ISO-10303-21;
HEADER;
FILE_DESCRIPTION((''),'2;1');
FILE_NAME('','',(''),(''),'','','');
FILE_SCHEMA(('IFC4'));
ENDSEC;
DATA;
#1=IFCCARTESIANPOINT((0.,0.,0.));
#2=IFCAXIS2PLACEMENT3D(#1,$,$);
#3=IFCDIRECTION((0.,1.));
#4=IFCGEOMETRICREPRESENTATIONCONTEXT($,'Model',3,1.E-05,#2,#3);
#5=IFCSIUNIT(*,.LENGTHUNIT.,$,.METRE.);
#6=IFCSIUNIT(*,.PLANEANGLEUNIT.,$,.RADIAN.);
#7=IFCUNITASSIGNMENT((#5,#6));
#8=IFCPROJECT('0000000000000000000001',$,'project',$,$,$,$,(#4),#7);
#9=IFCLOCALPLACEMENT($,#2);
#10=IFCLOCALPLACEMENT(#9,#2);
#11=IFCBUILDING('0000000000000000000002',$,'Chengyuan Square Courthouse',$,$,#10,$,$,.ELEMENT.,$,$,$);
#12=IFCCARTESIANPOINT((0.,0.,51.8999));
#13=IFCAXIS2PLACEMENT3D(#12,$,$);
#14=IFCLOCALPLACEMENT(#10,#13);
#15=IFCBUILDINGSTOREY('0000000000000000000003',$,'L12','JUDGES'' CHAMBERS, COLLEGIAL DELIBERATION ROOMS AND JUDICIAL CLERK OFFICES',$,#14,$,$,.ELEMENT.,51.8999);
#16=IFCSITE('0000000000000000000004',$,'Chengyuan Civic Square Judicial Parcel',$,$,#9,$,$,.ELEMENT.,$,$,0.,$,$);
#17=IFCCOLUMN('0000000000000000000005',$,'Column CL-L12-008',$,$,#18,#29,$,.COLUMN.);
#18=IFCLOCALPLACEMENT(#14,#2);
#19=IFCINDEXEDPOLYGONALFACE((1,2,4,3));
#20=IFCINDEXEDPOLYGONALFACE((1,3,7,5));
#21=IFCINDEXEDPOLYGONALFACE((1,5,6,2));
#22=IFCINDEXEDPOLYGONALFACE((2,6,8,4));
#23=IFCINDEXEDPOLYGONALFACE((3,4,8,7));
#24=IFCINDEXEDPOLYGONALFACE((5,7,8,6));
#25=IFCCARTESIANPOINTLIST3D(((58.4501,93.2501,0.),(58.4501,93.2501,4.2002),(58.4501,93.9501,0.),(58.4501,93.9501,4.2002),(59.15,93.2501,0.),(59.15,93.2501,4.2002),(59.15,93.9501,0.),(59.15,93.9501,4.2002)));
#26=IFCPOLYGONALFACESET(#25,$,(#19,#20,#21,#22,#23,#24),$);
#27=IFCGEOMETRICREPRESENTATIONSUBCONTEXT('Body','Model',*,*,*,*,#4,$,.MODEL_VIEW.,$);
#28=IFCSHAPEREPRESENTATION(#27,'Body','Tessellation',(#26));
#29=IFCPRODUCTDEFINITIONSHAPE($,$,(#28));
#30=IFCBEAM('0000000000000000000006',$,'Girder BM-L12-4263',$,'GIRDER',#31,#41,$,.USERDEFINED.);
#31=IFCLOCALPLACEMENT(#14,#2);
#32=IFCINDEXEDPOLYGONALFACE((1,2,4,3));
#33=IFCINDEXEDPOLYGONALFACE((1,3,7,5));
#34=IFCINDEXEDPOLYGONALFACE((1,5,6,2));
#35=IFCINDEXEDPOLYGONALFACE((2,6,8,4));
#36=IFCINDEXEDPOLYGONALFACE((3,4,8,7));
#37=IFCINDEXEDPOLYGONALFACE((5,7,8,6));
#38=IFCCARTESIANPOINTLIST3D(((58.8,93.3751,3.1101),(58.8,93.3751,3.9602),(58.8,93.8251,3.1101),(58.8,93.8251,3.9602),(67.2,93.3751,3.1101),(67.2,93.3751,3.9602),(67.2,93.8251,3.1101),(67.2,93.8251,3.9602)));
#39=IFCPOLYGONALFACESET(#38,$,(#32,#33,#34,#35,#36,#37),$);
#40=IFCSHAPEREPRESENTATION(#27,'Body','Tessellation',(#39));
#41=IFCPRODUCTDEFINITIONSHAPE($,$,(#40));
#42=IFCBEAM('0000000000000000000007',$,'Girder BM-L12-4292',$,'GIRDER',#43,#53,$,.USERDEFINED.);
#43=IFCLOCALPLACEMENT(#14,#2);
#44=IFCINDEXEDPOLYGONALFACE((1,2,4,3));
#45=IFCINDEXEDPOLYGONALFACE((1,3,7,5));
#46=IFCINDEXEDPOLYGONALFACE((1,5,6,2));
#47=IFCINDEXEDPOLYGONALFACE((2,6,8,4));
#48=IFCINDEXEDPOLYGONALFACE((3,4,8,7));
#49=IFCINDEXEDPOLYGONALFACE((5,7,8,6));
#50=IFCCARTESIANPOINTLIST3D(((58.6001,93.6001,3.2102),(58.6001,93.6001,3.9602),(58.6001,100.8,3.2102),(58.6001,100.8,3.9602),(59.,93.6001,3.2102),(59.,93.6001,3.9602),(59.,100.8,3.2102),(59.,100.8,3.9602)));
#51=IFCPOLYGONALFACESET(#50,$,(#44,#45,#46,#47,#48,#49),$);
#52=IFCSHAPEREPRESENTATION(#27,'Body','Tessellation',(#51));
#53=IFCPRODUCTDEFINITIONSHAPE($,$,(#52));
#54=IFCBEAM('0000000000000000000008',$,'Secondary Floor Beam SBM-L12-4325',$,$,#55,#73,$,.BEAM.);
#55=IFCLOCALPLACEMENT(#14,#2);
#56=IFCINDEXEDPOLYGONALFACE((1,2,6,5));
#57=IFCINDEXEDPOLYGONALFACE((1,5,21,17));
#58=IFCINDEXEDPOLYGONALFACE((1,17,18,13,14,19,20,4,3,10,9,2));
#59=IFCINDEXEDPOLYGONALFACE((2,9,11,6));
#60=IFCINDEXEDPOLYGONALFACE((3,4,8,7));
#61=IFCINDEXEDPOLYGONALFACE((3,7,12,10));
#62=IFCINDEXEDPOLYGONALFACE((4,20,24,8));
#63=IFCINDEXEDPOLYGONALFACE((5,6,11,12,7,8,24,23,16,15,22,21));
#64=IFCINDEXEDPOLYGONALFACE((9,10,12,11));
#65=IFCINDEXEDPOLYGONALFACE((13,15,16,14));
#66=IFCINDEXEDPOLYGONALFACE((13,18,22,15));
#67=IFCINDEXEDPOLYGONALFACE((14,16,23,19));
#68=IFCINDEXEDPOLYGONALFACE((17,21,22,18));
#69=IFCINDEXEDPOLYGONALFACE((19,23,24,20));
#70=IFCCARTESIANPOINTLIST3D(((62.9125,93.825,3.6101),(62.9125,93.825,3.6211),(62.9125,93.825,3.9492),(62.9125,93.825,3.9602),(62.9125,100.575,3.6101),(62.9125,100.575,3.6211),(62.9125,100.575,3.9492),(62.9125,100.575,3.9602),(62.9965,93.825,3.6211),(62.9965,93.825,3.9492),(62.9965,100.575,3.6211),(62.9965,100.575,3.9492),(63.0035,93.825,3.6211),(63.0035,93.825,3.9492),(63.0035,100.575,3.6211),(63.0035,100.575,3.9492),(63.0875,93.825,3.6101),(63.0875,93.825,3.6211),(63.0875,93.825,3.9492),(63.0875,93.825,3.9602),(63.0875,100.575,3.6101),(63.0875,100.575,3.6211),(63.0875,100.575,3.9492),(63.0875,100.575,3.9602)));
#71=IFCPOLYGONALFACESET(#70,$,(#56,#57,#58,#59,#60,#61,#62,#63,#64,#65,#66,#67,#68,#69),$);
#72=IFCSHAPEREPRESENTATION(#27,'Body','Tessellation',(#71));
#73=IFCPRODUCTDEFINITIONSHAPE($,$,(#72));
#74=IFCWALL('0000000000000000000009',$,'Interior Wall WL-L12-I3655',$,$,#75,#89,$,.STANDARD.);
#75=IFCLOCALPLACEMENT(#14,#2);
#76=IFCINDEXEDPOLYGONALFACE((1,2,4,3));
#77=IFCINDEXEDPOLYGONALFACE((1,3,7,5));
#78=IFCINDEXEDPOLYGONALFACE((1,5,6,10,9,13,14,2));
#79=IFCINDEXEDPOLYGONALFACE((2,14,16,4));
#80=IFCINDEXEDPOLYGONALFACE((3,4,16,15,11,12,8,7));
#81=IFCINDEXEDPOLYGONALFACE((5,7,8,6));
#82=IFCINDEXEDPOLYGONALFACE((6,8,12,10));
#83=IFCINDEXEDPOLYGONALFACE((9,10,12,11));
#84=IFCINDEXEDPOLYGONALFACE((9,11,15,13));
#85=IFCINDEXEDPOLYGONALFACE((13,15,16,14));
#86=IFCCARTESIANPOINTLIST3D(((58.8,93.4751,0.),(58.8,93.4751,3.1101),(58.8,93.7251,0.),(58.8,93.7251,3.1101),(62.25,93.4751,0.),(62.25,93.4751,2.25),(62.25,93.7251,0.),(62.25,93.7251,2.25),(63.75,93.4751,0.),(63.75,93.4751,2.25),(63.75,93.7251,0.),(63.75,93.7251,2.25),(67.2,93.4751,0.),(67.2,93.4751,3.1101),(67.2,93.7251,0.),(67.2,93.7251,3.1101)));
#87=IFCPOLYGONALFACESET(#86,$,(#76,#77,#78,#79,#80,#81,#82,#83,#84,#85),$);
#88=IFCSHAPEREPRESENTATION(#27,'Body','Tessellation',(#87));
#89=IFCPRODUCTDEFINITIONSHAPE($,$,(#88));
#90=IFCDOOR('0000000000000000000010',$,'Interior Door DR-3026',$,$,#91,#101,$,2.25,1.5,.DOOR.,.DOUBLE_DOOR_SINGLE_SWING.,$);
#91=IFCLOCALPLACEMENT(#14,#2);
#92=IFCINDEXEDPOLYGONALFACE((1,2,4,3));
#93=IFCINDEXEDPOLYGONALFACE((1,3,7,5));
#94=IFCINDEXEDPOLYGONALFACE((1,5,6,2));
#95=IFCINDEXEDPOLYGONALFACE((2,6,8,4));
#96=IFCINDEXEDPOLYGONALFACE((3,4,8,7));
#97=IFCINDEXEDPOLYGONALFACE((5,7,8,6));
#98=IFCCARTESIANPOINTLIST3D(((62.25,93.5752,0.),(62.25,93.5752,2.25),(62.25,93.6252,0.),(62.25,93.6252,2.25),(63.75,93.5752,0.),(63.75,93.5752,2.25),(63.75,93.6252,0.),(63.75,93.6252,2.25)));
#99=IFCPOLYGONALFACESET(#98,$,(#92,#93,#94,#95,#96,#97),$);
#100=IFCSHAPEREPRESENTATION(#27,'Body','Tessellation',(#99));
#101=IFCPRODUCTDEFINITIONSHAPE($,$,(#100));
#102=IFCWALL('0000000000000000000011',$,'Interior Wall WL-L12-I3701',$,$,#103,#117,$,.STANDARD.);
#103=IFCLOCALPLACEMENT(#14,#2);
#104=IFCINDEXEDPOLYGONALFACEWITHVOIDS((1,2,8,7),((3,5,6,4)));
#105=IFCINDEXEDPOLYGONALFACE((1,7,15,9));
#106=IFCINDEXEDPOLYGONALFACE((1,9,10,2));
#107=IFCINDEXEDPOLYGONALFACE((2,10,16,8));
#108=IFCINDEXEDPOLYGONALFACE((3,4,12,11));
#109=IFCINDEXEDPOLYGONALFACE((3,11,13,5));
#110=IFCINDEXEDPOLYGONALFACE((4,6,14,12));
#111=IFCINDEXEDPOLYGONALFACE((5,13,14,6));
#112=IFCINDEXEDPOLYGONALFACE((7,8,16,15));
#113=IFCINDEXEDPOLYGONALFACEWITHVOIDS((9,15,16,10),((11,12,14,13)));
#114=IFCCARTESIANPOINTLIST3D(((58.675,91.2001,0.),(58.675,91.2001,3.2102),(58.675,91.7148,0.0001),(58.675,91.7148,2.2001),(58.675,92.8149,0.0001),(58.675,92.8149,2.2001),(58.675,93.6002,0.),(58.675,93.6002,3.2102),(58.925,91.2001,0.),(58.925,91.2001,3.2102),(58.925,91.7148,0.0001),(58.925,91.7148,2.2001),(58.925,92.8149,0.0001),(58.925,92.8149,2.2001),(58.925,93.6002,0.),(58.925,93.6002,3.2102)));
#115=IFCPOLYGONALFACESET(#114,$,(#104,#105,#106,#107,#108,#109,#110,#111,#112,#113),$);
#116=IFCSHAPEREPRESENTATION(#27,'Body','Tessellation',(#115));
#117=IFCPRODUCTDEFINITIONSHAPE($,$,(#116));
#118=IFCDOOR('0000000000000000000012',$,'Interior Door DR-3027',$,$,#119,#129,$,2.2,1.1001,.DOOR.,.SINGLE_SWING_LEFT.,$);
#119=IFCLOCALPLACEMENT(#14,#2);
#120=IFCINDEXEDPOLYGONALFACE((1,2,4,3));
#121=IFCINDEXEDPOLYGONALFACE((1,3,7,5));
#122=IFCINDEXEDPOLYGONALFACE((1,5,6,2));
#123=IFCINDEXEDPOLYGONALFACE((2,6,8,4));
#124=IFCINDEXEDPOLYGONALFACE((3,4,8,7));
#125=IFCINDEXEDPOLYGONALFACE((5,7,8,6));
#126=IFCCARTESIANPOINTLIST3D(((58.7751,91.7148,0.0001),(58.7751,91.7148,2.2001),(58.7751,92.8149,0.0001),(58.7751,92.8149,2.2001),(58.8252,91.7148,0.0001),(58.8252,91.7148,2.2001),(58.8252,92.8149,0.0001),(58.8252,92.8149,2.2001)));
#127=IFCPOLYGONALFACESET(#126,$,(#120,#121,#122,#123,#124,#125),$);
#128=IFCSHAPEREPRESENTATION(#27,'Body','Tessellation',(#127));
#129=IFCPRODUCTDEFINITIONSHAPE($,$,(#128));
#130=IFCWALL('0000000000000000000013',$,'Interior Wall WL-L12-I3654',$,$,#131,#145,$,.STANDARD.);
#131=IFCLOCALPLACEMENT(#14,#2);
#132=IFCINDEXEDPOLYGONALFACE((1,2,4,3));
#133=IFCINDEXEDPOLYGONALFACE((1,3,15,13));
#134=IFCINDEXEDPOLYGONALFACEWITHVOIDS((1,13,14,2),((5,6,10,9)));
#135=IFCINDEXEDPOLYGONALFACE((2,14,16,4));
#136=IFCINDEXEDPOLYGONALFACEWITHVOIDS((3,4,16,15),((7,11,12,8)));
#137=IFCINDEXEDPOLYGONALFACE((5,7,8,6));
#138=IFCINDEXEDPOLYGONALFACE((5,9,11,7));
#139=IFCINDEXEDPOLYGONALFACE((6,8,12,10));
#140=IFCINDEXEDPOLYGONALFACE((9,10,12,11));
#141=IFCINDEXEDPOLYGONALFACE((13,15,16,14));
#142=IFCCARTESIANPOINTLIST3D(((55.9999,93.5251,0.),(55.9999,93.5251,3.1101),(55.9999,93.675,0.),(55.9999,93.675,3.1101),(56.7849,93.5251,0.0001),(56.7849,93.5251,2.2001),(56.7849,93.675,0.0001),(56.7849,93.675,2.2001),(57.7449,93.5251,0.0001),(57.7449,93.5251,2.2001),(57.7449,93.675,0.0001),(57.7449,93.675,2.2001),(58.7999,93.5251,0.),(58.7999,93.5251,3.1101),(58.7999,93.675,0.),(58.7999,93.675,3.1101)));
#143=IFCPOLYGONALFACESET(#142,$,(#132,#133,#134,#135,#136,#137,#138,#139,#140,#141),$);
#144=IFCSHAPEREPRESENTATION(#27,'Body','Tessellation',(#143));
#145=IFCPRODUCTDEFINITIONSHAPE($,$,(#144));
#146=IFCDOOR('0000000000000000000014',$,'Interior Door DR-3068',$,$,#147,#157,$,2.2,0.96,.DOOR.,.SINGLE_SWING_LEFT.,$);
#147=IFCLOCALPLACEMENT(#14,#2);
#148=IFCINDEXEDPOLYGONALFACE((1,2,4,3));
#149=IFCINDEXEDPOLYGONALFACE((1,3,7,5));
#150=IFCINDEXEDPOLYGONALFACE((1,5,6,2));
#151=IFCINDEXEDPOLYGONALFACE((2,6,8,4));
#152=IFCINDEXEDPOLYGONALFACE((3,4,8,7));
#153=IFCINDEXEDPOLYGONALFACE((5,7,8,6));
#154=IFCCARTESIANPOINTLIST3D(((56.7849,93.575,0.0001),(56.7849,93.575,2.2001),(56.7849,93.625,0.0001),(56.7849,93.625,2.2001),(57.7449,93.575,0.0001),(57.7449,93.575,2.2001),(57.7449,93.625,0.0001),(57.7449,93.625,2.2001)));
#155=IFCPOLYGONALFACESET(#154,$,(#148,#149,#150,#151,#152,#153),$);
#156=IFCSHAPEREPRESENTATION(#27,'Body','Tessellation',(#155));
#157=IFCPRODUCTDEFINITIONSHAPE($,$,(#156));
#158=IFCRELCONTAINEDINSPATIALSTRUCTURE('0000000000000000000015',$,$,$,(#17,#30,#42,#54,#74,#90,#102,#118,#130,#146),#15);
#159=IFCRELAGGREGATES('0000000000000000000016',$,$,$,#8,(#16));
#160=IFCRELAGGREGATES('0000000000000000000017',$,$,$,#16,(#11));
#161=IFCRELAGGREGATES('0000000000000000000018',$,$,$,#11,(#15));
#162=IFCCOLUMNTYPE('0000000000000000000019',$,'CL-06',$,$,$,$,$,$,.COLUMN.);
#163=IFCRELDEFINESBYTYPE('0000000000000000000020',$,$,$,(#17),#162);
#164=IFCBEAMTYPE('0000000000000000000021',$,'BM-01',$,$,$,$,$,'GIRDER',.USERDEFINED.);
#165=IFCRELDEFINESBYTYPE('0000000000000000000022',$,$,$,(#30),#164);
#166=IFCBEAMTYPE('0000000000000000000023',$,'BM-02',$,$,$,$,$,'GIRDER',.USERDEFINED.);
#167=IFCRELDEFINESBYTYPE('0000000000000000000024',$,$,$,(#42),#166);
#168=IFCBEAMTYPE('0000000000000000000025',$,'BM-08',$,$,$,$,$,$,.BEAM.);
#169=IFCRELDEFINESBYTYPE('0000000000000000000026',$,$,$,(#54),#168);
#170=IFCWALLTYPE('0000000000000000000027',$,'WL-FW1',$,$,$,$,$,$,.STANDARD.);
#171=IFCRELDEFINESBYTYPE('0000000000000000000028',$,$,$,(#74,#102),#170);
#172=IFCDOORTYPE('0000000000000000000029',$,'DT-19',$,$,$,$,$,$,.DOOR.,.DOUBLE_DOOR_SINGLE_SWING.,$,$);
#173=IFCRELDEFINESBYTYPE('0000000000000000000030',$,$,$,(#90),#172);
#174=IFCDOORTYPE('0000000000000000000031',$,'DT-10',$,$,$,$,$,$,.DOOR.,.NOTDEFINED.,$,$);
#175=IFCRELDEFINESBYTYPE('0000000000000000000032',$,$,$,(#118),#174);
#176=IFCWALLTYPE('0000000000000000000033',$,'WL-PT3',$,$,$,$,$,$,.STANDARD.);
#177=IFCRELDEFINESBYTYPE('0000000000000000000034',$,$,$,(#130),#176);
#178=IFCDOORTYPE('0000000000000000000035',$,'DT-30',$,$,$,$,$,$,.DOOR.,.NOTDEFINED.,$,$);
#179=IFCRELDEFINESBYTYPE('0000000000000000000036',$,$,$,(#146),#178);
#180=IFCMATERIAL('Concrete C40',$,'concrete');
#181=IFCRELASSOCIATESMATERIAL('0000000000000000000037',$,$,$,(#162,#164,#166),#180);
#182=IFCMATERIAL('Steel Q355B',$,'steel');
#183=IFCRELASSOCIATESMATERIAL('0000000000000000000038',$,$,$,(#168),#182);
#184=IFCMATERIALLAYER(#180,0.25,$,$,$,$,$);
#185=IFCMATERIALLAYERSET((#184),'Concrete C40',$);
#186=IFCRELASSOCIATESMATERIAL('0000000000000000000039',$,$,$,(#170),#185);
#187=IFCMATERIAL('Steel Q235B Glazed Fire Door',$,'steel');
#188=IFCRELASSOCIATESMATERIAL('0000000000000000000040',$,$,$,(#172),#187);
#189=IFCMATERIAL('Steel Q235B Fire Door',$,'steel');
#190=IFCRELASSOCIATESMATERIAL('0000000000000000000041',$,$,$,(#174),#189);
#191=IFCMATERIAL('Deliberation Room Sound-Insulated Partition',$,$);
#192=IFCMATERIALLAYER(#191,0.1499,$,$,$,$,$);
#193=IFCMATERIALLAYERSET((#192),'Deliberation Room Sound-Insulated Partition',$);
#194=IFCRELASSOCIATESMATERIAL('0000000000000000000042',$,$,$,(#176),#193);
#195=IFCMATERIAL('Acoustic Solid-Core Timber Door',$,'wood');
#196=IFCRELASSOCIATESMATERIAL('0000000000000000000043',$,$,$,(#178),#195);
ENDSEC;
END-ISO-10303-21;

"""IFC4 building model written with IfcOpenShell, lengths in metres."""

from ifc_helpers import new_model, si_unit, direction, frame, frame_2d, origin, origin_2d, place, context, subcontext, project, spatial, rectangle, i_section, extrude, material, layer, layer_set, material_profile, profile_set, type_object, element, fill, save


model = new_model("IFC4")

# Units and contexts
model_context = context("Model", 3, precision=1e-05, world=origin(), true_north=direction((0.0, 1.0)))
body_context = subcontext(model_context, "Body", "Model", "MODEL_VIEW")
ifc_project = project(units=[si_unit("LENGTHUNIT", "METRE"), si_unit("PLANEANGLEUNIT", "RADIAN")], contexts=[model_context])

# Site, building, storey
site_placement = place(None, origin())
site = spatial("IfcSite", under=ifc_project, at=site_placement, Name="Chengyuan Civic Square Judicial Parcel", CompositionType="ELEMENT", RefElevation=0.0)
building_placement = place(site_placement, origin())
building = spatial("IfcBuilding", under=site, at=building_placement, Name="Chengyuan Square Courthouse", CompositionType="ELEMENT")
storey_placement = place(building_placement, frame((0.0, 0.0, 51.8999)))
storey = spatial("IfcBuildingStorey", under=building, at=storey_placement, Name="L12", Description="JUDGES' CHAMBERS, COLLEGIAL DELIBERATION ROOMS AND JUDICIAL CLERK OFFICES", CompositionType="ELEMENT", Elevation=51.8999)

# Column
ifc_material_1 = material(Name="Concrete C40", Category="concrete")
ifc_material_profile_1 = material_profile(ifc_material_1, rectangle(XDim=0.7, YDim=0.7, at=origin_2d()), Name="RC-COL-700x700")
ifc_profile_set_1 = profile_set([ifc_material_profile_1], Name="Concrete C40")
column_type = type_object("IfcColumnType", Name="CL-06", PredefinedType="COLUMN", material=ifc_profile_set_1)
column_placement = place(storey_placement, frame((58.8, 93.6001, 0.0), z_axis=(0.0, 0.0, 1.0), x_axis=(1.0, 0.0, 0.0)))
element("IfcColumn", 1, at=column_placement, inside=storey, type_object=column_type, Name="Column CL-L12-008", PredefinedType="COLUMN", context=body_context, shape_type="SweptSolid", body=[
    extrude(rectangle(XDim=0.7, YDim=0.7, at=origin_2d()), origin(), (0.0, 0.0, 1.0), 4.2002),
])

# Beams
ifc_material_profile_2 = material_profile(ifc_material_1, rectangle(XDim=0.45, YDim=0.8501, at=origin_2d()), Name="RC-BM-450x850")
ifc_profile_set_2 = profile_set([ifc_material_profile_2], Name="Concrete C40")
beam_type_1 = type_object("IfcBeamType", Name="BM-01", ElementType="GIRDER", PredefinedType="USERDEFINED", material=ifc_profile_set_2)
beam_1_placement = place(storey_placement, frame((58.8, 93.6001, 3.5352), z_axis=(1.0, 0.0, 0.0), x_axis=(0.0, 1.0, 0.0)))
element("IfcBeam", 2, at=beam_1_placement, inside=storey, type_object=beam_type_1, Name="Girder BM-L12-4263", ObjectType="GIRDER", PredefinedType="USERDEFINED", context=body_context, shape_type="SweptSolid", body=[
    extrude(rectangle(XDim=0.45, YDim=0.8501, at=origin_2d()), origin(), (0.0, 0.0, 1.0), 8.3999),
])
ifc_material_profile_3 = material_profile(ifc_material_1, rectangle(XDim=0.3999, YDim=0.75, at=origin_2d()), Name="RC-BM-400x750")
ifc_profile_set_3 = profile_set([ifc_material_profile_3], Name="Concrete C40")
beam_type_2 = type_object("IfcBeamType", Name="BM-02", ElementType="GIRDER", PredefinedType="USERDEFINED", material=ifc_profile_set_3)
beam_2_placement = place(storey_placement, frame((58.8, 93.6001, 3.5852), z_axis=(0.0, 1.0, 0.0), x_axis=(-1.0, 0.0, 0.0)))
element("IfcBeam", 3, at=beam_2_placement, inside=storey, type_object=beam_type_2, Name="Girder BM-L12-4292", ObjectType="GIRDER", PredefinedType="USERDEFINED", context=body_context, shape_type="SweptSolid", body=[
    extrude(rectangle(XDim=0.3999, YDim=0.75, at=origin_2d()), origin(), (0.0, 0.0, 1.0), 7.2),
])
ifc_material_2 = material(Name="Steel Q355B", Category="steel")
ifc_material_profile_4 = material_profile(ifc_material_2, i_section(OverallWidth=0.175, OverallDepth=0.3501, WebThickness=0.0071, FlangeThickness=0.011, at=origin_2d()), Name="HN 350x175x7x11")
ifc_profile_set_4 = profile_set([ifc_material_profile_4], Name="Steel Q355B")
beam_type_3 = type_object("IfcBeamType", Name="BM-08", PredefinedType="BEAM", material=ifc_profile_set_4)
beam_3_placement = place(storey_placement, frame((63.0, 93.825, 3.7852), z_axis=(0.0, 1.0, 0.0), x_axis=(-1.0, 0.0, 0.0)))
element("IfcBeam", 4, at=beam_3_placement, inside=storey, type_object=beam_type_3, Name="Secondary Floor Beam SBM-L12-4325", PredefinedType="BEAM", context=body_context, shape_type="SweptSolid", body=[
    extrude(i_section(OverallWidth=0.175, OverallDepth=0.3501, WebThickness=0.0071, FlangeThickness=0.011, at=origin_2d()), origin(), (0.0, 0.0, 1.0), 6.75),
])

# Walls, openings, doors
ifc_layer_1 = layer(ifc_material_1, 0.25)
ifc_layer_set_1 = layer_set([ifc_layer_1], Name="Concrete C40")
wall_type_1 = type_object("IfcWallType", Name="WL-FW1", PredefinedType="STANDARD", material=ifc_layer_set_1)
wall_1_placement = place(storey_placement, frame((58.8, 93.6001, 0.0), z_axis=(0.0, 0.0, 1.0), x_axis=(1.0, 0.0, 0.0)))
wall_1 = element("IfcWall", 5, at=wall_1_placement, inside=storey, type_object=wall_type_1, Name="Interior Wall WL-L12-I3655", PredefinedType="STANDARD", context=body_context, shape_type="SweptSolid", body=[
    extrude(rectangle(XDim=8.3999, YDim=0.25, at=frame_2d((4.2, 0.0))), origin(), (0.0, 0.0, 1.0), 3.1101),
])
opening_1_placement = place(wall_1_placement, frame((3.45, 0.0, 0.0)))
opening_1 = element("IfcOpeningElement", 6, at=opening_1_placement, cuts=wall_1, PredefinedType="OPENING", context=body_context, shape_type="SweptSolid", body=[
    extrude(rectangle(XDim=1.5, YDim=2.25, at=frame_2d((0.75, 1.125))), frame((0.0, 0.137, 0.0), z_axis=(0.0, -1.0, 0.0), x_axis=(1.0, 0.0, 0.0)), (0.0, 0.0, 1.0), 0.2739),
])
ifc_material_3 = material(Name="Steel Q235B Glazed Fire Door", Category="steel")
door_type_1 = type_object("IfcDoorType", Name="DT-19", OperationType="DOUBLE_DOOR_SINGLE_SWING", PredefinedType="DOOR", material=ifc_material_3)
door_1_placement = place(opening_1_placement, frame((1.5, 0.0, 0.0), z_axis=(0.0, 0.0, 1.0), x_axis=(-1.0, 0.0, 0.0)))
door_1 = element("IfcDoor", 7, at=door_1_placement, inside=storey, type_object=door_type_1, Name="Interior Door DR-3026", OperationType="DOUBLE_DOOR_SINGLE_SWING", OverallHeight=2.25, OverallWidth=1.5, PredefinedType="DOOR", context=body_context, shape_type="SweptSolid", body=[
    extrude(rectangle(XDim=1.5, YDim=2.25, at=frame_2d((0.75, 1.125))), frame((0.0, 0.0249, 0.0), z_axis=(0.0, -1.0, 0.0), x_axis=(1.0, 0.0, 0.0)), (0.0, 0.0, 1.0), 0.05),
])
fill(opening_1, door_1)
wall_2_placement = place(storey_placement, frame((58.8, 91.2, 0.0), z_axis=(0.0, 0.0, 1.0), x_axis=(0.0, 1.0, 0.0)))
wall_2 = element("IfcWall", 8, at=wall_2_placement, inside=storey, type_object=wall_type_1, Name="Interior Wall WL-L12-I3701", PredefinedType="STANDARD", context=body_context, shape_type="SweptSolid", body=[
    extrude(rectangle(XDim=2.4001, YDim=0.25, at=frame_2d((1.2002, 0.0))), origin(), (0.0, 0.0, 1.0), 3.2102),
])
opening_2_placement = place(wall_2_placement, frame((0.5149, 0.0, 0.0)))
opening_2 = element("IfcOpeningElement", 9, at=opening_2_placement, cuts=wall_2, PredefinedType="OPENING", context=body_context, shape_type="SweptSolid", body=[
    extrude(rectangle(XDim=1.1001, YDim=2.2, at=frame_2d((0.55, 1.1001))), frame((0.0, 0.137, 0.0), z_axis=(0.0, -1.0, 0.0), x_axis=(1.0, 0.0, 0.0)), (0.0, 0.0, 1.0), 0.2739),
])
ifc_material_4 = material(Name="Steel Q235B Fire Door", Category="steel")
door_type_2 = type_object("IfcDoorType", Name="DT-10", OperationType="NOTDEFINED", PredefinedType="DOOR", material=ifc_material_4)
door_2_placement = place(opening_2_placement, origin())
door_2 = element("IfcDoor", 10, at=door_2_placement, inside=storey, type_object=door_type_2, Name="Interior Door DR-3027", OperationType="SINGLE_SWING_LEFT", OverallHeight=2.2, OverallWidth=1.1001, PredefinedType="DOOR", context=body_context, shape_type="SweptSolid", body=[
    extrude(rectangle(XDim=1.1001, YDim=2.2, at=frame_2d((0.55, 1.1001))), frame((0.0, 0.0249, 0.0), z_axis=(0.0, -1.0, 0.0), x_axis=(1.0, 0.0, 0.0)), (0.0, 0.0, 1.0), 0.05),
])
fill(opening_2, door_2)
ifc_material_5 = material(Name="Deliberation Room Sound-Insulated Partition")
ifc_layer_2 = layer(ifc_material_5, 0.1499)
ifc_layer_set_2 = layer_set([ifc_layer_2], Name="Deliberation Room Sound-Insulated Partition")
wall_type_2 = type_object("IfcWallType", Name="WL-PT3", PredefinedType="STANDARD", material=ifc_layer_set_2)
wall_3_placement = place(storey_placement, frame((56.0, 93.6001, 0.0), z_axis=(0.0, 0.0, 1.0), x_axis=(1.0, 0.0, 0.0)))
wall_3 = element("IfcWall", 11, at=wall_3_placement, inside=storey, type_object=wall_type_2, Name="Interior Wall WL-L12-I3654", PredefinedType="STANDARD", context=body_context, shape_type="SweptSolid", body=[
    extrude(rectangle(XDim=2.8, YDim=0.1499, at=frame_2d((1.3999, 0.0))), origin(), (0.0, 0.0, 1.0), 3.1101),
])
opening_3_placement = place(wall_3_placement, frame((0.7849, 0.0, 0.0)))
opening_3 = element("IfcOpeningElement", 12, at=opening_3_placement, cuts=wall_3, PredefinedType="OPENING", context=body_context, shape_type="SweptSolid", body=[
    extrude(rectangle(XDim=0.96, YDim=2.2, at=frame_2d((0.48, 1.1001))), frame((0.0, 0.0869, 0.0), z_axis=(0.0, -1.0, 0.0), x_axis=(1.0, 0.0, 0.0)), (0.0, 0.0, 1.0), 0.1738),
])
ifc_material_6 = material(Name="Acoustic Solid-Core Timber Door", Category="wood")
door_type_3 = type_object("IfcDoorType", Name="DT-30", OperationType="NOTDEFINED", PredefinedType="DOOR", material=ifc_material_6)
door_3_placement = place(opening_3_placement, origin())
door_3 = element("IfcDoor", 13, at=door_3_placement, inside=storey, type_object=door_type_3, Name="Interior Door DR-3068", OperationType="SINGLE_SWING_LEFT", OverallHeight=2.2, OverallWidth=0.96, PredefinedType="DOOR", context=body_context, shape_type="SweptSolid", body=[
    extrude(rectangle(XDim=0.96, YDim=2.2, at=frame_2d((0.48, 1.1001))), frame((0.0, 0.0249, 0.0), z_axis=(0.0, -1.0, 0.0), x_axis=(1.0, 0.0, 0.0)), (0.0, 0.0, 1.0), 0.05),
])
fill(opening_3, door_3)

save(model, "model.ifc")
